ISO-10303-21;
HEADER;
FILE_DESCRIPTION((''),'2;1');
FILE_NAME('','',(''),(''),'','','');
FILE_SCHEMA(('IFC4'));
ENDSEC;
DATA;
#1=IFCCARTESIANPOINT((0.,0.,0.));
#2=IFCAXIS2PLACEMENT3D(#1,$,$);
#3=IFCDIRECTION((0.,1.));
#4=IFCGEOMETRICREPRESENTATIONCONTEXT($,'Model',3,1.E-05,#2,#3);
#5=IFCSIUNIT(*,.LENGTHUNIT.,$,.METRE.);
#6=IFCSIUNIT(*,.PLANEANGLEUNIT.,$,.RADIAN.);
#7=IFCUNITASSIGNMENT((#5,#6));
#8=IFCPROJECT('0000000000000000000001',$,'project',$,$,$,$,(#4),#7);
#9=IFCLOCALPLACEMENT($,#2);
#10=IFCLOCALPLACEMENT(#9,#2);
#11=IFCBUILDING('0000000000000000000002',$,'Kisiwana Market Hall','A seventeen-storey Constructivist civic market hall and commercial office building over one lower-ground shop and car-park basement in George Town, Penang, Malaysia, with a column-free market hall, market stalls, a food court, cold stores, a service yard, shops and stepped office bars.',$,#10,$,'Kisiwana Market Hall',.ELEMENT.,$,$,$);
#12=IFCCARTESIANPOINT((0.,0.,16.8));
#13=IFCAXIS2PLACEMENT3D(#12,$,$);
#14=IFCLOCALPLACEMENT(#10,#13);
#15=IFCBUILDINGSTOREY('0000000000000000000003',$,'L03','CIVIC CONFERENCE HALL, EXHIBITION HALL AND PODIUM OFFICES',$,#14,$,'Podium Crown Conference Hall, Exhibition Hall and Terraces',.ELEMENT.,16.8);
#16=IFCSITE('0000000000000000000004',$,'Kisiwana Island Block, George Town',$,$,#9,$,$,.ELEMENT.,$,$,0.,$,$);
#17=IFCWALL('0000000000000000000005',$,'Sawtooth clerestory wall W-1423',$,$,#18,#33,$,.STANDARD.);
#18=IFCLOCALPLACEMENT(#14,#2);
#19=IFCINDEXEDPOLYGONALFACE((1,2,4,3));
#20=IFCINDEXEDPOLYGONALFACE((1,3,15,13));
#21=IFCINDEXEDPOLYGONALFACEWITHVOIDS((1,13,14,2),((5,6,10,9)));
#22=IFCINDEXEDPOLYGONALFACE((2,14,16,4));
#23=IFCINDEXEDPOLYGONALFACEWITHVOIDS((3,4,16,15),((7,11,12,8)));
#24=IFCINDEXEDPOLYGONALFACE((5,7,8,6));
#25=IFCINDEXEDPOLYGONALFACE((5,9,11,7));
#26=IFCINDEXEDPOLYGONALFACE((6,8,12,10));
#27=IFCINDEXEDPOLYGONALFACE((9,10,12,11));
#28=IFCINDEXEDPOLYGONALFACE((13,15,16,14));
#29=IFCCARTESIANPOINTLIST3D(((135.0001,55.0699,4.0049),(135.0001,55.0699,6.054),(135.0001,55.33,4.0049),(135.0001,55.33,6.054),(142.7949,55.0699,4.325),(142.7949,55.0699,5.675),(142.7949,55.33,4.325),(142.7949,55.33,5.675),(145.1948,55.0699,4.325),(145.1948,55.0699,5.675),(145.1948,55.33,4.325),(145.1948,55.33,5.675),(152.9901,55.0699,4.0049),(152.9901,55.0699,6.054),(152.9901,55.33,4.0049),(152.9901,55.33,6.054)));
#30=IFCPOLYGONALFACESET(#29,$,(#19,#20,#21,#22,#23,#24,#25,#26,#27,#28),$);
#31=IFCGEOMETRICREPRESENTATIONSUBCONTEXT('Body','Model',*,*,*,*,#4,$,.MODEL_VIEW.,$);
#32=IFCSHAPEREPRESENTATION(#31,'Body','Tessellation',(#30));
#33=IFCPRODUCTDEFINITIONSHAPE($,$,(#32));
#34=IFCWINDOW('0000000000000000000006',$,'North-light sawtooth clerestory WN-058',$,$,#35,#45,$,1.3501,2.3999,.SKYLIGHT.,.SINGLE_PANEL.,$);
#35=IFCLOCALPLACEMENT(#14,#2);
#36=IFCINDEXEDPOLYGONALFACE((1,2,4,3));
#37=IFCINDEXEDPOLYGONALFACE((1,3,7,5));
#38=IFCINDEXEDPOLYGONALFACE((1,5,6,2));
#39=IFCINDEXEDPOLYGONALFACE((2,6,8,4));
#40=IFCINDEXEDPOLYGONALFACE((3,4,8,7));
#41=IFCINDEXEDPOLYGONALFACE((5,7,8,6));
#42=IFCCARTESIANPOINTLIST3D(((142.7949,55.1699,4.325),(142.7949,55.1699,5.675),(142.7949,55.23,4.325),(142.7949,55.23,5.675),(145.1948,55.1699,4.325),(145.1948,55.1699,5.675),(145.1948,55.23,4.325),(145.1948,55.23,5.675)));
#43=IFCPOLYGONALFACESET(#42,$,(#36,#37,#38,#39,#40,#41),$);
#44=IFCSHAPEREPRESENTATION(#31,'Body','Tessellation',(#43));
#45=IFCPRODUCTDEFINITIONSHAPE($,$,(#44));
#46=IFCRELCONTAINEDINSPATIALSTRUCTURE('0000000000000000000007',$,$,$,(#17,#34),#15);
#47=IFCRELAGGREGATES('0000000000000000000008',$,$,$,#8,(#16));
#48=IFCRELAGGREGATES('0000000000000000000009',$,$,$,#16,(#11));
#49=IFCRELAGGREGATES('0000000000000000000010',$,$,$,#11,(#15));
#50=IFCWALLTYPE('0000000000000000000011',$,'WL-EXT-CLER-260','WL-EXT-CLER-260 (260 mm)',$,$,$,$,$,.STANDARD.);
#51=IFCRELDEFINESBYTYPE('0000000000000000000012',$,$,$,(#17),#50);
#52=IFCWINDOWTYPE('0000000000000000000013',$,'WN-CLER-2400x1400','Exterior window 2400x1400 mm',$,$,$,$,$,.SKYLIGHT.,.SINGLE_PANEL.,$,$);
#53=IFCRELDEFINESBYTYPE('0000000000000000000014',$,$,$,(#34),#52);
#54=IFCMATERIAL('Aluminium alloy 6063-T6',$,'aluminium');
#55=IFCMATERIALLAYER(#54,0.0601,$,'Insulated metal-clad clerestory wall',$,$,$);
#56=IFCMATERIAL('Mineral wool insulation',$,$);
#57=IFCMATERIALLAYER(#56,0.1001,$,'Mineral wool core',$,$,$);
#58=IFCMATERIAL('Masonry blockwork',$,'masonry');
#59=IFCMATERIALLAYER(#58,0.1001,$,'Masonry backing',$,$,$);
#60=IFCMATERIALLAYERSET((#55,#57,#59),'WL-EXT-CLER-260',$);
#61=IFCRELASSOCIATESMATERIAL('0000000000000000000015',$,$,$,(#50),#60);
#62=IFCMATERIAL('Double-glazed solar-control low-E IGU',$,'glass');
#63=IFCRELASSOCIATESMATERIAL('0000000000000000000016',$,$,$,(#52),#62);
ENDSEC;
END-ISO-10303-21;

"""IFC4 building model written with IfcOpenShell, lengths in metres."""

from ifc_helpers import new_model, si_unit, direction, frame, frame_2d, origin, place, context, subcontext, project, spatial, rectangle, extrude, material, layer, layer_set, type_object, element, fill, save


model = new_model("IFC4")

# Units and contexts
model_context = context("Model", 3, precision=1e-05, world=origin(), true_north=direction((0.0, 1.0)))
body_context = subcontext(model_context, "Body", "Model", "MODEL_VIEW")
ifc_project = project(units=[si_unit("LENGTHUNIT", "METRE"), si_unit("PLANEANGLEUNIT", "RADIAN")], contexts=[model_context])

# Site, building, storey
site_placement = place(None, origin())
site = spatial("IfcSite", under=ifc_project, at=site_placement, Name="Kisiwana Island Block, George Town", CompositionType="ELEMENT", RefElevation=0.0)
building_placement = place(site_placement, origin())
building = spatial("IfcBuilding", under=site, at=building_placement, Name="Kisiwana Market Hall", Description="A seventeen-storey Constructivist civic market hall and commercial office building over one lower-ground shop and car-park basement in George Town, Penang, Malaysia, with a column-free market hall, market stalls, a food court, cold stores, a service yard, shops and stepped office bars.", LongName="Kisiwana Market Hall", CompositionType="ELEMENT")
storey_placement = place(building_placement, frame((0.0, 0.0, 16.8)))
storey = spatial("IfcBuildingStorey", under=building, at=storey_placement, Name="L03", Description="CIVIC CONFERENCE HALL, EXHIBITION HALL AND PODIUM OFFICES", LongName="Podium Crown Conference Hall, Exhibition Hall and Terraces", CompositionType="ELEMENT", Elevation=16.8)

# Wall, opening, window
ifc_material_1 = material(Name="Aluminium alloy 6063-T6", Category="aluminium")
ifc_layer_1 = layer(ifc_material_1, 0.0601, Name="Insulated metal-clad clerestory wall")
ifc_material_2 = material(Name="Mineral wool insulation")
ifc_layer_2 = layer(ifc_material_2, 0.1001, Name="Mineral wool core")
ifc_material_3 = material(Name="Masonry blockwork", Category="masonry")
ifc_layer_3 = layer(ifc_material_3, 0.1001, Name="Masonry backing")
ifc_layer_set_1 = layer_set([ifc_layer_1, ifc_layer_2, ifc_layer_3], Name="WL-EXT-CLER-260")
wall_type = type_object("IfcWallType", Name="WL-EXT-CLER-260", Description="WL-EXT-CLER-260 (260 mm)", PredefinedType="STANDARD", material=ifc_layer_set_1)
wall_1_placement = place(storey_placement, frame((135.0, 55.2, 4.0049), z_axis=(0.0, 0.0, 1.0), x_axis=(1.0, 0.0, 0.0)))
wall_1 = element("IfcWall", 1, at=wall_1_placement, inside=storey, type_object=wall_type, Name="Sawtooth clerestory wall W-1423", PredefinedType="STANDARD", context=body_context, shape_type="SweptSolid", body=[
    extrude(rectangle(XDim=17.99, YDim=0.26, at=frame_2d((8.9951, 0.0))), origin(), (0.0, 0.0, 1.0), 2.0491),
])
opening_1_placement = place(wall_1_placement, frame((7.7949, 0.0, 0.3201)))
opening_1 = element("IfcOpeningElement", 2, at=opening_1_placement, cuts=wall_1, PredefinedType="OPENING", context=body_context, shape_type="SweptSolid", body=[
    extrude(rectangle(XDim=2.3999, YDim=1.3501, at=frame_2d((1.2, 0.675))), frame((0.0, 0.1421, 0.0), z_axis=(0.0, -1.0, 0.0), x_axis=(1.0, 0.0, 0.0)), (0.0, 0.0, 1.0), 0.2839),
])
ifc_material_4 = material(Name="Double-glazed solar-control low-E IGU", Category="glass")
window_type_1 = type_object("IfcWindowType", Name="WN-CLER-2400x1400", Description="Exterior window 2400x1400 mm", PartitioningType="SINGLE_PANEL", PredefinedType="SKYLIGHT", material=ifc_material_4)
window_1_placement = place(opening_1_placement, origin())
window_1 = element("IfcWindow", 3, at=window_1_placement, inside=storey, type_object=window_type_1, Name="North-light sawtooth clerestory WN-058", OverallHeight=1.3501, OverallWidth=2.3999, PartitioningType="SINGLE_PANEL", PredefinedType="SKYLIGHT", context=body_context, shape_type="SweptSolid", body=[
    extrude(rectangle(XDim=2.3999, YDim=1.3501, at=frame_2d((1.2, 0.675))), frame((0.0, 0.03, 0.0), z_axis=(0.0, -1.0, 0.0), x_axis=(1.0, 0.0, 0.0)), (0.0, 0.0, 1.0), 0.0601),
])
fill(opening_1, window_1)

save(model, "model.ifc")
